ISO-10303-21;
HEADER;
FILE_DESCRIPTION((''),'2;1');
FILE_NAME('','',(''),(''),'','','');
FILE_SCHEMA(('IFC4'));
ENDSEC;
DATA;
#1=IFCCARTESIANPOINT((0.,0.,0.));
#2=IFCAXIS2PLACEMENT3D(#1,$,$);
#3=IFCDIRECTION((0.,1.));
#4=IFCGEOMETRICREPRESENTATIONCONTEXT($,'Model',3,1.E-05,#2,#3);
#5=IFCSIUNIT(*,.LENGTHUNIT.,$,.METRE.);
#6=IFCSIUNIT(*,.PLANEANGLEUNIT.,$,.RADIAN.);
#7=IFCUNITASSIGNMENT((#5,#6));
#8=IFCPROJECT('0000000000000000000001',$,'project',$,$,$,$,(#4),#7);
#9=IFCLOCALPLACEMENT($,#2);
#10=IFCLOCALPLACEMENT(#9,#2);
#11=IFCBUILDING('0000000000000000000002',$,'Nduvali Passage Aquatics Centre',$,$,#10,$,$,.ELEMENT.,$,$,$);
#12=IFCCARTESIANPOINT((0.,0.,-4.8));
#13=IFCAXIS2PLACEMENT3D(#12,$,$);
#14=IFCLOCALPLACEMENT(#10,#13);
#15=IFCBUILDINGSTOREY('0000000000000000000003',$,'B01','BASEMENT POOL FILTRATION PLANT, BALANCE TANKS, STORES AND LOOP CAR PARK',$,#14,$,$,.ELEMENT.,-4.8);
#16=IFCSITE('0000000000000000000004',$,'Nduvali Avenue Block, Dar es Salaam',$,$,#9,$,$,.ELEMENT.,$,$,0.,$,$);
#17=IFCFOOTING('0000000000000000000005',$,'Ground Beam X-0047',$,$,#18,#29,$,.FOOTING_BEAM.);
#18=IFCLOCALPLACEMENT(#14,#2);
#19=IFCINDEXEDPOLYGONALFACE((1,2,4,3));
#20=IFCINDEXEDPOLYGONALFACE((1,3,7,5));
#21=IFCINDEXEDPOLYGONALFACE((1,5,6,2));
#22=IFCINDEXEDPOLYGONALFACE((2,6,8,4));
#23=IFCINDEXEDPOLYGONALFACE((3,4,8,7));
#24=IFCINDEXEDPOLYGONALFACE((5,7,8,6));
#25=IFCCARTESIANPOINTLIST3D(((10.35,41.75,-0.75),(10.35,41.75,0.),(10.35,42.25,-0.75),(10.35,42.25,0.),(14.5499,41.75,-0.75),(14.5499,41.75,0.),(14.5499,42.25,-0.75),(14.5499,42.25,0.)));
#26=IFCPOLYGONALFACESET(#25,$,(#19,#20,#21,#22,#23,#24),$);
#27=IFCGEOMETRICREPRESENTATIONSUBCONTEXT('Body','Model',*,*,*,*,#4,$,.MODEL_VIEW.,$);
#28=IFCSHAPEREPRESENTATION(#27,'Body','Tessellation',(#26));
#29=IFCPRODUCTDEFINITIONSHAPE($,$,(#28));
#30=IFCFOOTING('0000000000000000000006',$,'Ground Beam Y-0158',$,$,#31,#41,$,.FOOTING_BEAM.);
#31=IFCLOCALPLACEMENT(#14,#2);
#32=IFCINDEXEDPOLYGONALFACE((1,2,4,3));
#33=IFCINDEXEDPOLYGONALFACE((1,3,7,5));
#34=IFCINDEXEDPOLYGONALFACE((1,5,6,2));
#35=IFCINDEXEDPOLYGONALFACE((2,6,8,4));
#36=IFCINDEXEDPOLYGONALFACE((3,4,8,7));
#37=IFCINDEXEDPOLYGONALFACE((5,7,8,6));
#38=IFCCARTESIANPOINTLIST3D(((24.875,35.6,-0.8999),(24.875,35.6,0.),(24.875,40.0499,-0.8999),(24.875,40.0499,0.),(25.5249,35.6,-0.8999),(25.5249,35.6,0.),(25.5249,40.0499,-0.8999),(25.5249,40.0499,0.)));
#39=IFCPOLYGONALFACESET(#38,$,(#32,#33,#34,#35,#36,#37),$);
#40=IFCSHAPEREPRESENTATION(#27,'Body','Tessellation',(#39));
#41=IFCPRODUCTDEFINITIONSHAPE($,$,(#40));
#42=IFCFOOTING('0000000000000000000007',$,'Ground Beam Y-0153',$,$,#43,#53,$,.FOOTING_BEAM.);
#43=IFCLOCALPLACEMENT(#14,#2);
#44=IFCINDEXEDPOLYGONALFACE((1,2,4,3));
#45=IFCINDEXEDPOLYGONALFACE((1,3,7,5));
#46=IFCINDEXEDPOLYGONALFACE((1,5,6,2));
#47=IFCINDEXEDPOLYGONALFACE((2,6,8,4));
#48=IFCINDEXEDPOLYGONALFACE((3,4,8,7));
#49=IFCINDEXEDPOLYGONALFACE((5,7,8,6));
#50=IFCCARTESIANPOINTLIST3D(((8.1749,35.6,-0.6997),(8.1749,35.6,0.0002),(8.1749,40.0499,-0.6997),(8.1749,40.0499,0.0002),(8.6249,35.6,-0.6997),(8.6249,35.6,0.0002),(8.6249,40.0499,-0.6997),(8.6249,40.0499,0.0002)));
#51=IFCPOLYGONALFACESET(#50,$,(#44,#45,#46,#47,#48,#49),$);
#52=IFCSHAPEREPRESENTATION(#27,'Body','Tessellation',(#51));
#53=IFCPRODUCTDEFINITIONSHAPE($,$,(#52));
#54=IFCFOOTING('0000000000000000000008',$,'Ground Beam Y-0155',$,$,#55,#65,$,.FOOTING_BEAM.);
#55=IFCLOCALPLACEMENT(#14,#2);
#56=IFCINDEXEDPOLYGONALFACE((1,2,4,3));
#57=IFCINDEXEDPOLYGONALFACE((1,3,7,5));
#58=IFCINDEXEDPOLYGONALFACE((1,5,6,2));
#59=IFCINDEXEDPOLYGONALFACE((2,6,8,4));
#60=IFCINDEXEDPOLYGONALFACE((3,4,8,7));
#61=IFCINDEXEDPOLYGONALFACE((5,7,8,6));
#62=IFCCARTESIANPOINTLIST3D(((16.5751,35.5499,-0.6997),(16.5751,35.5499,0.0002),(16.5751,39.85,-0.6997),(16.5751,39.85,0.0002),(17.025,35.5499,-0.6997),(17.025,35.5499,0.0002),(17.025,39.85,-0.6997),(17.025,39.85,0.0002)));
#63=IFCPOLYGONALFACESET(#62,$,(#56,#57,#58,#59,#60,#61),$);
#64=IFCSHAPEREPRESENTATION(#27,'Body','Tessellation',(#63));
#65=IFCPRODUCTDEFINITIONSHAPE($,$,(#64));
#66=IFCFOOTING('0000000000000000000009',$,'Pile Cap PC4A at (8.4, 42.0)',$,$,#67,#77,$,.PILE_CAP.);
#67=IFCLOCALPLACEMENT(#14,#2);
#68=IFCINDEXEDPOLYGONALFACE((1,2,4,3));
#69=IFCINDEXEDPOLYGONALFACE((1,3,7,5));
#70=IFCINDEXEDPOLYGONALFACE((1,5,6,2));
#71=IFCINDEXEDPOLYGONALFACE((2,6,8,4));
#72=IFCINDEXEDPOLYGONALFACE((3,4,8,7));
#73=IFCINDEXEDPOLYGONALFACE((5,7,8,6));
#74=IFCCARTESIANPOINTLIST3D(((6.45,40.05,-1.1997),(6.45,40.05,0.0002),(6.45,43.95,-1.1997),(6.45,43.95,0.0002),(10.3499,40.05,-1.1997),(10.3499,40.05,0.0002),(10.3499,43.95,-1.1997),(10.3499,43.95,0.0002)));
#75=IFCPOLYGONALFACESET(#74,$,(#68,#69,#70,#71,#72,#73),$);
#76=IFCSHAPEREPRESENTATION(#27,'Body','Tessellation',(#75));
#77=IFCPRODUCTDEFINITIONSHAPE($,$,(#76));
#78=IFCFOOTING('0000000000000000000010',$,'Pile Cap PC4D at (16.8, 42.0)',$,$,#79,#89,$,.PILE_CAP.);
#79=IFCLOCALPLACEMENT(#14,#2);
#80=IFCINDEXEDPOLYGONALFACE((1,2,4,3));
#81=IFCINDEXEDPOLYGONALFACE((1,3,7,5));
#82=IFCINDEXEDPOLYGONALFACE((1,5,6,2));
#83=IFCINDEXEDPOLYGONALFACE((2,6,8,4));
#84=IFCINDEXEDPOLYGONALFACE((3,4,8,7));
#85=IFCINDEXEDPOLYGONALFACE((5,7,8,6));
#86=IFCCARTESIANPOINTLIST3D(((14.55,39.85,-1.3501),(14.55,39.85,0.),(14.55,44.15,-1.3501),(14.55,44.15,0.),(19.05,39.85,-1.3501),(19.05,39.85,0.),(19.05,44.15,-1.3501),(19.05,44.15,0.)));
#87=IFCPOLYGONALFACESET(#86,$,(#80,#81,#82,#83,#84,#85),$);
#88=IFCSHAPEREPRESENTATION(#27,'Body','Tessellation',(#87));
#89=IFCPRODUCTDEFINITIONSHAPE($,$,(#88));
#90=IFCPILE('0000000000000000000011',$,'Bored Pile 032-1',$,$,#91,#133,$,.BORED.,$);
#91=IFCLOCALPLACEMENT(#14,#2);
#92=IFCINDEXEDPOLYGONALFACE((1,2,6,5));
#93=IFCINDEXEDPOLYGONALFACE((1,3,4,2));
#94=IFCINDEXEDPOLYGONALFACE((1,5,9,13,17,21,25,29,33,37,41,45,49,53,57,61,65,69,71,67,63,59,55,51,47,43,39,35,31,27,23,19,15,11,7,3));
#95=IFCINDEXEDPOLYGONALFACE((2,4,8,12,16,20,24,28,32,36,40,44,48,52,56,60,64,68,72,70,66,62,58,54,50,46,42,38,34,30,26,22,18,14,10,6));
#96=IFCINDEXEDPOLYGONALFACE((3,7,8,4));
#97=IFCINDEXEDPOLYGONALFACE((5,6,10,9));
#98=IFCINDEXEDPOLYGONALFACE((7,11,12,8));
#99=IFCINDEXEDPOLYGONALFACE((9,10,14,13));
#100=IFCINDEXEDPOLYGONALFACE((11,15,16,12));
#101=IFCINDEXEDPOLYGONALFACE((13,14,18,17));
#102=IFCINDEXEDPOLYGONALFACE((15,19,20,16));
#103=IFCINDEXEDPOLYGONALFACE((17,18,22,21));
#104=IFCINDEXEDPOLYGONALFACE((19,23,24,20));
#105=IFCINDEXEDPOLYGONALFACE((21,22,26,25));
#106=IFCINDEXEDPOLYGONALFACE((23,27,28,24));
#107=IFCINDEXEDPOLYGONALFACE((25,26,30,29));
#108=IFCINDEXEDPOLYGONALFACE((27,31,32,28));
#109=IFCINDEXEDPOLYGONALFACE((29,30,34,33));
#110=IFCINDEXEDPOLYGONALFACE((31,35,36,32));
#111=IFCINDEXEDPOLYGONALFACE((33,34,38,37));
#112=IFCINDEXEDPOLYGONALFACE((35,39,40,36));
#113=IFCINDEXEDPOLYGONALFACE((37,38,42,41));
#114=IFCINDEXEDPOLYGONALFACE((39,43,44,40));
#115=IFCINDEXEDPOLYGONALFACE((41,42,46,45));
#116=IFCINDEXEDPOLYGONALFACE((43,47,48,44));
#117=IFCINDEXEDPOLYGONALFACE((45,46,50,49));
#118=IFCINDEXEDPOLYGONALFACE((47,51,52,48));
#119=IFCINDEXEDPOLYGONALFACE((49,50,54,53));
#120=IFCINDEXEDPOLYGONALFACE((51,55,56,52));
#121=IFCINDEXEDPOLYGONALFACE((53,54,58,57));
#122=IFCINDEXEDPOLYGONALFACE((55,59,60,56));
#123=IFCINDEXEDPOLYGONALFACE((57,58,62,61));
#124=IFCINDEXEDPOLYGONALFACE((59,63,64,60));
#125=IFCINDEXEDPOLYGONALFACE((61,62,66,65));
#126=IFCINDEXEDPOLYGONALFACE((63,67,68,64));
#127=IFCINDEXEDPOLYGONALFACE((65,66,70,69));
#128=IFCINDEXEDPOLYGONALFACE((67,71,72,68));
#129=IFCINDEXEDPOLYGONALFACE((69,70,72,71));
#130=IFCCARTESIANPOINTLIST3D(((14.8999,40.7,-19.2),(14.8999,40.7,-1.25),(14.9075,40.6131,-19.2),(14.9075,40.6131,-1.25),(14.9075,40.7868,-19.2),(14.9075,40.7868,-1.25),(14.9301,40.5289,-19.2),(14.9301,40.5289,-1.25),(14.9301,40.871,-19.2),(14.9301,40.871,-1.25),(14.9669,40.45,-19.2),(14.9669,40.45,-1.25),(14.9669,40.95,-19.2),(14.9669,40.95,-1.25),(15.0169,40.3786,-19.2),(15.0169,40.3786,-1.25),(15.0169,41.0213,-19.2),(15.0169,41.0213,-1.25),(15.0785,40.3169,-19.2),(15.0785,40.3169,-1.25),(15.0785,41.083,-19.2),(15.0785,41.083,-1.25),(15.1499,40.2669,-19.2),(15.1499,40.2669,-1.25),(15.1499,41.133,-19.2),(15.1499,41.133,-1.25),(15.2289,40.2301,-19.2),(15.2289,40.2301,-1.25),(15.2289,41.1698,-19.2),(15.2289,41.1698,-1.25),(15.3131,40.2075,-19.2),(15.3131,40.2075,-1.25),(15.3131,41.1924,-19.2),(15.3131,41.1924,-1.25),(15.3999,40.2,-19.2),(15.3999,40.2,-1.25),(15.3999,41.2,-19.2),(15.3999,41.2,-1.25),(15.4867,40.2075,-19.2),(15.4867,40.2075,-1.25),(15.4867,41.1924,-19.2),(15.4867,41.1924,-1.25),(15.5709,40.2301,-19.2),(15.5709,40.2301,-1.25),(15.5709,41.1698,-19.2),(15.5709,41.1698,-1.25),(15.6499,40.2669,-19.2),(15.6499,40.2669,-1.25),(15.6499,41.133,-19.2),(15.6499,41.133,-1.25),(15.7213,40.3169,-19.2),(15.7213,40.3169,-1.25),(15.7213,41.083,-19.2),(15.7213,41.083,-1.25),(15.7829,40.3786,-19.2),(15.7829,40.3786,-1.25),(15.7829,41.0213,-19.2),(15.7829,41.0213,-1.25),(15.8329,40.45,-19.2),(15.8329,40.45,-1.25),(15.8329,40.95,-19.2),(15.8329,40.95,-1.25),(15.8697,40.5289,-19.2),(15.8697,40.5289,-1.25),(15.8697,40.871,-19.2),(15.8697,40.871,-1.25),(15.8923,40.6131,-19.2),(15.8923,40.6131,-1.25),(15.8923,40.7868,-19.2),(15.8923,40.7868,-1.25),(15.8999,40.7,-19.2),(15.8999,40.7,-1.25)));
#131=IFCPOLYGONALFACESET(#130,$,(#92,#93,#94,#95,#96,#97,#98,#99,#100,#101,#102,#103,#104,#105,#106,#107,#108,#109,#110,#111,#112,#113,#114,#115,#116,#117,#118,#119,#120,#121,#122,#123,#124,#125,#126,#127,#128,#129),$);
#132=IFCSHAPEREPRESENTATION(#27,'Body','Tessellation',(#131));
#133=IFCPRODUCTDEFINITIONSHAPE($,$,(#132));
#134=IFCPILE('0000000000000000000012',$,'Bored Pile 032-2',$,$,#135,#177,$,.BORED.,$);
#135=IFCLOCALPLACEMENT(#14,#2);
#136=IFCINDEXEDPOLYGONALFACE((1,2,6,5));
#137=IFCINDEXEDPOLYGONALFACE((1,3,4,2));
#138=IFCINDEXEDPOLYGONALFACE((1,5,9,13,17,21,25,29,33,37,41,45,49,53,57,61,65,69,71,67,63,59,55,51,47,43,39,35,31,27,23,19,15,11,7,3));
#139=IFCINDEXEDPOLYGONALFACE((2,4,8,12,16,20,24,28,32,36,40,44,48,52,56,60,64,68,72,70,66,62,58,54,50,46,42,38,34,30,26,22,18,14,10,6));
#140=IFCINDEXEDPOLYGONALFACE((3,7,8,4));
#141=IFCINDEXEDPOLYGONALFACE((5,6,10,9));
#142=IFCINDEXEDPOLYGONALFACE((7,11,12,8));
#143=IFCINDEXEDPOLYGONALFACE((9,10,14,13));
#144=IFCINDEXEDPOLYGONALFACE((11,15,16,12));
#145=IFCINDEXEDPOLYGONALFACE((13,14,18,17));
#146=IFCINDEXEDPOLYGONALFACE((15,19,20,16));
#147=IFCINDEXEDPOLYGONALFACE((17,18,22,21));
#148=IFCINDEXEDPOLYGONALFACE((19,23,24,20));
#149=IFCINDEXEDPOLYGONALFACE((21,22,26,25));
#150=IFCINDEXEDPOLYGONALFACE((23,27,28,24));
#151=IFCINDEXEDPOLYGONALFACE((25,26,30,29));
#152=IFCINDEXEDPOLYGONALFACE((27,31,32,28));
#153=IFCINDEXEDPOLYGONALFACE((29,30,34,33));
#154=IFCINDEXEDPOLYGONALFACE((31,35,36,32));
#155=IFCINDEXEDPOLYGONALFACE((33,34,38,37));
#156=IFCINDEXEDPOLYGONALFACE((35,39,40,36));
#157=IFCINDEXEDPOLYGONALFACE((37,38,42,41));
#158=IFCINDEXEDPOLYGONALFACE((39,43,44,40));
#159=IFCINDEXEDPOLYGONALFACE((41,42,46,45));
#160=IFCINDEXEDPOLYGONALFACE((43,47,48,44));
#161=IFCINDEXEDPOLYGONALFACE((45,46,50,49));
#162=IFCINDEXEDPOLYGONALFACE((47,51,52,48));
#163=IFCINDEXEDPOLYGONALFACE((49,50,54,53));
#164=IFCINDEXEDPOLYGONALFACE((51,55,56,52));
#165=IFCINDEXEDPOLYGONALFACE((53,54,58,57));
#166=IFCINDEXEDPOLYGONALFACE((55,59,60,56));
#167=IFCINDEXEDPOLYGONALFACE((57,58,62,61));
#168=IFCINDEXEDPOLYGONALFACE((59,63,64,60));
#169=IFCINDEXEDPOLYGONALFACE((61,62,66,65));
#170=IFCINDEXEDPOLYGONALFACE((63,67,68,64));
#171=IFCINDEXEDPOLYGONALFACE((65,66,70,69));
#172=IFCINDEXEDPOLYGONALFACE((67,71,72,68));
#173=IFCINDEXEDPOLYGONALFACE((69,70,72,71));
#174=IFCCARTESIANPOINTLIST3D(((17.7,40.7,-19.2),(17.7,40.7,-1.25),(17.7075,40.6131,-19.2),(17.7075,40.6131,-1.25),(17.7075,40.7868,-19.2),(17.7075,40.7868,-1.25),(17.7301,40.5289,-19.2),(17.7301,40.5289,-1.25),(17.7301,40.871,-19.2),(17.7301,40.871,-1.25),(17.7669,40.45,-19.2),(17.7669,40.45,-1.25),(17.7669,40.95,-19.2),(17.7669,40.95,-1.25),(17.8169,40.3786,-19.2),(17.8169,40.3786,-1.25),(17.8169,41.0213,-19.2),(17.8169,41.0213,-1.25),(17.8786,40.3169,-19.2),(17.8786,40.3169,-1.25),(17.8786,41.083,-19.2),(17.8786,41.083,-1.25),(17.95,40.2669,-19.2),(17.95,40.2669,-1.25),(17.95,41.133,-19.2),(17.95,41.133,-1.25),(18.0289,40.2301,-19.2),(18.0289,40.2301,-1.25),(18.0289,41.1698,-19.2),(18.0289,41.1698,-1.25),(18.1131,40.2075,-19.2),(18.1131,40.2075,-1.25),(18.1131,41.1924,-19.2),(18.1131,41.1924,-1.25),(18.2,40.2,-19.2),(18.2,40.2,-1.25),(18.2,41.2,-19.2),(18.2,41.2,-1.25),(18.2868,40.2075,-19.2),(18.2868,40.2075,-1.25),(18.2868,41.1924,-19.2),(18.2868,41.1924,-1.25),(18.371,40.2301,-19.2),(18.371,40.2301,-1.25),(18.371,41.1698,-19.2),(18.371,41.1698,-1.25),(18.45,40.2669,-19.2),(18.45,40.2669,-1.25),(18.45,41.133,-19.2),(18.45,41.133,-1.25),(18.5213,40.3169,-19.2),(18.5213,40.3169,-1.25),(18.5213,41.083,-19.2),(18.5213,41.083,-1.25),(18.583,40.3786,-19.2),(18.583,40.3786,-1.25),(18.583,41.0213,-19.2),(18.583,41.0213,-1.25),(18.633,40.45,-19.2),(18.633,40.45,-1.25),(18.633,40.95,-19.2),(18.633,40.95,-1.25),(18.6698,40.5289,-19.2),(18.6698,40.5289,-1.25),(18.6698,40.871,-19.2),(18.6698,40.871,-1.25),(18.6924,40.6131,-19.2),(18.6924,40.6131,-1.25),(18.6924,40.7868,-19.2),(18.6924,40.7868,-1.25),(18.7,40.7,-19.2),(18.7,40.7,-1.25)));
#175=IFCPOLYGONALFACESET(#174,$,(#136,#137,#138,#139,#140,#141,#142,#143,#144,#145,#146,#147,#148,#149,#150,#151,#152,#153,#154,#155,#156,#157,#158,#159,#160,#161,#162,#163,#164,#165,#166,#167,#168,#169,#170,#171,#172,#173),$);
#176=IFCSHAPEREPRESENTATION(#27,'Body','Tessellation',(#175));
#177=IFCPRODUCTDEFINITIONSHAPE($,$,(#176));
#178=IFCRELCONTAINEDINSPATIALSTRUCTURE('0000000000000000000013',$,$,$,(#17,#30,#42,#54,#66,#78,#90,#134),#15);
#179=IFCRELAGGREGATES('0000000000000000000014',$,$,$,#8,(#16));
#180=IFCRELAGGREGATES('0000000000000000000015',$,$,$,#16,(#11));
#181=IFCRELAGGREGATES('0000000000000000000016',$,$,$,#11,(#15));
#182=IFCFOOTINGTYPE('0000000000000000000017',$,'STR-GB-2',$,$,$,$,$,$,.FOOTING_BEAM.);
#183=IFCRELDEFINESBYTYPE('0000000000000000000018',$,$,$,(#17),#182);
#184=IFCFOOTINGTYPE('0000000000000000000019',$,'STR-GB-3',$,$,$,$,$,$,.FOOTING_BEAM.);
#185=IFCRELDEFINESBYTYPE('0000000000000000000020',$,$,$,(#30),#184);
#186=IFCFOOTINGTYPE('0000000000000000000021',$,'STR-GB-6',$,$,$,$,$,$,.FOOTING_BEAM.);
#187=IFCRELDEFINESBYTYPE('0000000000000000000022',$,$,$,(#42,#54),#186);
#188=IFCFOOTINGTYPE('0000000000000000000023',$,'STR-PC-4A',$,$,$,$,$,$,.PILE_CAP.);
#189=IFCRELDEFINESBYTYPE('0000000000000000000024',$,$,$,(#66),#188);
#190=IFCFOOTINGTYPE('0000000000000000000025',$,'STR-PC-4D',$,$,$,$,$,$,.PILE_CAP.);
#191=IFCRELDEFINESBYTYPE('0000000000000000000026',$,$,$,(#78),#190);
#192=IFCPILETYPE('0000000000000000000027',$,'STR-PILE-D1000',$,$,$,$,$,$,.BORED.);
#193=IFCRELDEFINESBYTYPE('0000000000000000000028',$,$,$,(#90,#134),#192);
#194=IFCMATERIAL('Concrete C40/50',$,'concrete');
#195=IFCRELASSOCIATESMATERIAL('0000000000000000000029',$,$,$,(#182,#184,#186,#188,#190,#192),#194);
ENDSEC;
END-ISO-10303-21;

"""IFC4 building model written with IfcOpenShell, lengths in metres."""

from ifc_helpers import new_model, si_unit, direction, frame, origin, origin_2d, place, context, subcontext, project, spatial, rectangle, circle, extrude, material, material_profile, profile_set, type_object, element, save


model = new_model("IFC4")

# Units and contexts
model_context = context("Model", 3, precision=1e-05, world=origin(), true_north=direction((0.0, 1.0)))
body_context = subcontext(model_context, "Body", "Model", "MODEL_VIEW")
ifc_project = project(units=[si_unit("LENGTHUNIT", "METRE"), si_unit("PLANEANGLEUNIT", "RADIAN")], contexts=[model_context])

# Site, building, storey
site_placement = place(None, origin())
site = spatial("IfcSite", under=ifc_project, at=site_placement, Name="Nduvali Avenue Block, Dar es Salaam", CompositionType="ELEMENT", RefElevation=0.0)
building_placement = place(site_placement, origin())
building = spatial("IfcBuilding", under=site, at=building_placement, Name="Nduvali Passage Aquatics Centre", CompositionType="ELEMENT")
storey_placement = place(building_placement, frame((0.0, 0.0, -4.8)))
storey = spatial("IfcBuildingStorey", under=building, at=storey_placement, Name="B01", Description="BASEMENT POOL FILTRATION PLANT, BALANCE TANKS, STORES AND LOOP CAR PARK", CompositionType="ELEMENT", Elevation=-4.8)

# Footings
ifc_material_1 = material(Name="Concrete C40/50", Category="concrete")
footing_type_1 = type_object("IfcFootingType", Name="STR-GB-2", PredefinedType="FOOTING_BEAM", material=ifc_material_1)
footing_1_placement = place(storey_placement, frame((12.45, 42.0, -0.75), z_axis=(0.0, 0.0, 1.0), x_axis=(1.0, 0.0, 0.0)))
element("IfcFooting", 1, at=footing_1_placement, inside=storey, type_object=footing_type_1, Name="Ground Beam X-0047", PredefinedType="FOOTING_BEAM", context=body_context, shape_type="SweptSolid", body=[
    extrude(rectangle(XDim=4.2, YDim=0.5, at=origin_2d()), origin(), (0.0, 0.0, 1.0), 0.75),
])
footing_type_2 = type_object("IfcFootingType", Name="STR-GB-3", PredefinedType="FOOTING_BEAM", material=ifc_material_1)
footing_2_placement = place(storey_placement, frame((25.2, 37.825, -0.8999), z_axis=(0.0, 0.0, 1.0), x_axis=(0.0, 1.0, 0.0)))
element("IfcFooting", 2, at=footing_2_placement, inside=storey, type_object=footing_type_2, Name="Ground Beam Y-0158", PredefinedType="FOOTING_BEAM", context=body_context, shape_type="SweptSolid", body=[
    extrude(rectangle(XDim=4.45, YDim=0.6499, at=origin_2d()), origin(), (0.0, 0.0, 1.0), 0.8999),
])
footing_type_3 = type_object("IfcFootingType", Name="STR-GB-6", PredefinedType="FOOTING_BEAM", material=ifc_material_1)
footing_3_placement = place(storey_placement, frame((8.3999, 37.825, -0.6997), z_axis=(0.0, 0.0, 1.0), x_axis=(0.0, 1.0, 0.0)))
element("IfcFooting", 3, at=footing_3_placement, inside=storey, type_object=footing_type_3, Name="Ground Beam Y-0153", PredefinedType="FOOTING_BEAM", context=body_context, shape_type="SweptSolid", body=[
    extrude(rectangle(XDim=4.45, YDim=0.45, at=origin_2d()), origin(), (0.0, 0.0, 1.0), 0.7),
])
footing_4_placement = place(storey_placement, frame((16.8, 37.7, -0.6997), z_axis=(0.0, 0.0, 1.0), x_axis=(0.0, 1.0, 0.0)))
element("IfcFooting", 4, at=footing_4_placement, inside=storey, type_object=footing_type_3, Name="Ground Beam Y-0155", PredefinedType="FOOTING_BEAM", context=body_context, shape_type="SweptSolid", body=[
    extrude(rectangle(XDim=4.3, YDim=0.45, at=origin_2d()), origin(), (0.0, 0.0, 1.0), 0.7),
])
footing_type_4 = type_object("IfcFootingType", Name="STR-PC-4A", PredefinedType="PILE_CAP", material=ifc_material_1)
footing_5_placement = place(storey_placement, frame((8.3999, 42.0, -1.1997), z_axis=(0.0, 0.0, 1.0), x_axis=(1.0, 0.0, 0.0)))
element("IfcFooting", 5, at=footing_5_placement, inside=storey, type_object=footing_type_4, Name="Pile Cap PC4A at (8.4, 42.0)", PredefinedType="PILE_CAP", context=body_context, shape_type="SweptSolid", body=[
    extrude(rectangle(XDim=3.8999, YDim=3.8999, at=origin_2d()), origin(), (0.0, 0.0, 1.0), 1.2),
])
footing_type_5 = type_object("IfcFootingType", Name="STR-PC-4D", PredefinedType="PILE_CAP", material=ifc_material_1)
footing_6_placement = place(storey_placement, frame((16.8, 42.0, -1.3501), z_axis=(0.0, 0.0, 1.0), x_axis=(1.0, 0.0, 0.0)))
element("IfcFooting", 6, at=footing_6_placement, inside=storey, type_object=footing_type_5, Name="Pile Cap PC4D at (16.8, 42.0)", PredefinedType="PILE_CAP", context=body_context, shape_type="SweptSolid", body=[
    extrude(rectangle(XDim=4.5, YDim=4.3, at=origin_2d()), origin(), (0.0, 0.0, 1.0), 1.3501),
])

# Piles
ifc_material_profile_1 = material_profile(ifc_material_1, circle(Radius=0.5, at=origin_2d()), Name="PILE D1000")
ifc_profile_set_1 = profile_set([ifc_material_profile_1], Name="Concrete C40/50")
pile_type_1 = type_object("IfcPileType", Name="STR-PILE-D1000", PredefinedType="BORED", material=ifc_profile_set_1)
for number, where, z_axis, x_axis, name in (
    (7, (15.3999, 40.7, -1.25), (0.0, 0.0, -1.0), (1.0, 0.0, 0.0), "Bored Pile 032-1"),
    (8, (18.2, 40.7, -1.25), (0.0, 0.0, -1.0), (1.0, 0.0, 0.0), "Bored Pile 032-2"),
):
    element("IfcPile", number, at=place(storey_placement, frame(where, z_axis=z_axis, x_axis=x_axis)), inside=storey, type_object=pile_type_1, Name=name, PredefinedType="BORED", context=body_context, shape_type="SweptSolid", body=[
        extrude(circle(Radius=0.5, at=origin_2d()), origin(), (0.0, 0.0, 1.0), 17.95),
    ])

save(model, "model.ifc")
